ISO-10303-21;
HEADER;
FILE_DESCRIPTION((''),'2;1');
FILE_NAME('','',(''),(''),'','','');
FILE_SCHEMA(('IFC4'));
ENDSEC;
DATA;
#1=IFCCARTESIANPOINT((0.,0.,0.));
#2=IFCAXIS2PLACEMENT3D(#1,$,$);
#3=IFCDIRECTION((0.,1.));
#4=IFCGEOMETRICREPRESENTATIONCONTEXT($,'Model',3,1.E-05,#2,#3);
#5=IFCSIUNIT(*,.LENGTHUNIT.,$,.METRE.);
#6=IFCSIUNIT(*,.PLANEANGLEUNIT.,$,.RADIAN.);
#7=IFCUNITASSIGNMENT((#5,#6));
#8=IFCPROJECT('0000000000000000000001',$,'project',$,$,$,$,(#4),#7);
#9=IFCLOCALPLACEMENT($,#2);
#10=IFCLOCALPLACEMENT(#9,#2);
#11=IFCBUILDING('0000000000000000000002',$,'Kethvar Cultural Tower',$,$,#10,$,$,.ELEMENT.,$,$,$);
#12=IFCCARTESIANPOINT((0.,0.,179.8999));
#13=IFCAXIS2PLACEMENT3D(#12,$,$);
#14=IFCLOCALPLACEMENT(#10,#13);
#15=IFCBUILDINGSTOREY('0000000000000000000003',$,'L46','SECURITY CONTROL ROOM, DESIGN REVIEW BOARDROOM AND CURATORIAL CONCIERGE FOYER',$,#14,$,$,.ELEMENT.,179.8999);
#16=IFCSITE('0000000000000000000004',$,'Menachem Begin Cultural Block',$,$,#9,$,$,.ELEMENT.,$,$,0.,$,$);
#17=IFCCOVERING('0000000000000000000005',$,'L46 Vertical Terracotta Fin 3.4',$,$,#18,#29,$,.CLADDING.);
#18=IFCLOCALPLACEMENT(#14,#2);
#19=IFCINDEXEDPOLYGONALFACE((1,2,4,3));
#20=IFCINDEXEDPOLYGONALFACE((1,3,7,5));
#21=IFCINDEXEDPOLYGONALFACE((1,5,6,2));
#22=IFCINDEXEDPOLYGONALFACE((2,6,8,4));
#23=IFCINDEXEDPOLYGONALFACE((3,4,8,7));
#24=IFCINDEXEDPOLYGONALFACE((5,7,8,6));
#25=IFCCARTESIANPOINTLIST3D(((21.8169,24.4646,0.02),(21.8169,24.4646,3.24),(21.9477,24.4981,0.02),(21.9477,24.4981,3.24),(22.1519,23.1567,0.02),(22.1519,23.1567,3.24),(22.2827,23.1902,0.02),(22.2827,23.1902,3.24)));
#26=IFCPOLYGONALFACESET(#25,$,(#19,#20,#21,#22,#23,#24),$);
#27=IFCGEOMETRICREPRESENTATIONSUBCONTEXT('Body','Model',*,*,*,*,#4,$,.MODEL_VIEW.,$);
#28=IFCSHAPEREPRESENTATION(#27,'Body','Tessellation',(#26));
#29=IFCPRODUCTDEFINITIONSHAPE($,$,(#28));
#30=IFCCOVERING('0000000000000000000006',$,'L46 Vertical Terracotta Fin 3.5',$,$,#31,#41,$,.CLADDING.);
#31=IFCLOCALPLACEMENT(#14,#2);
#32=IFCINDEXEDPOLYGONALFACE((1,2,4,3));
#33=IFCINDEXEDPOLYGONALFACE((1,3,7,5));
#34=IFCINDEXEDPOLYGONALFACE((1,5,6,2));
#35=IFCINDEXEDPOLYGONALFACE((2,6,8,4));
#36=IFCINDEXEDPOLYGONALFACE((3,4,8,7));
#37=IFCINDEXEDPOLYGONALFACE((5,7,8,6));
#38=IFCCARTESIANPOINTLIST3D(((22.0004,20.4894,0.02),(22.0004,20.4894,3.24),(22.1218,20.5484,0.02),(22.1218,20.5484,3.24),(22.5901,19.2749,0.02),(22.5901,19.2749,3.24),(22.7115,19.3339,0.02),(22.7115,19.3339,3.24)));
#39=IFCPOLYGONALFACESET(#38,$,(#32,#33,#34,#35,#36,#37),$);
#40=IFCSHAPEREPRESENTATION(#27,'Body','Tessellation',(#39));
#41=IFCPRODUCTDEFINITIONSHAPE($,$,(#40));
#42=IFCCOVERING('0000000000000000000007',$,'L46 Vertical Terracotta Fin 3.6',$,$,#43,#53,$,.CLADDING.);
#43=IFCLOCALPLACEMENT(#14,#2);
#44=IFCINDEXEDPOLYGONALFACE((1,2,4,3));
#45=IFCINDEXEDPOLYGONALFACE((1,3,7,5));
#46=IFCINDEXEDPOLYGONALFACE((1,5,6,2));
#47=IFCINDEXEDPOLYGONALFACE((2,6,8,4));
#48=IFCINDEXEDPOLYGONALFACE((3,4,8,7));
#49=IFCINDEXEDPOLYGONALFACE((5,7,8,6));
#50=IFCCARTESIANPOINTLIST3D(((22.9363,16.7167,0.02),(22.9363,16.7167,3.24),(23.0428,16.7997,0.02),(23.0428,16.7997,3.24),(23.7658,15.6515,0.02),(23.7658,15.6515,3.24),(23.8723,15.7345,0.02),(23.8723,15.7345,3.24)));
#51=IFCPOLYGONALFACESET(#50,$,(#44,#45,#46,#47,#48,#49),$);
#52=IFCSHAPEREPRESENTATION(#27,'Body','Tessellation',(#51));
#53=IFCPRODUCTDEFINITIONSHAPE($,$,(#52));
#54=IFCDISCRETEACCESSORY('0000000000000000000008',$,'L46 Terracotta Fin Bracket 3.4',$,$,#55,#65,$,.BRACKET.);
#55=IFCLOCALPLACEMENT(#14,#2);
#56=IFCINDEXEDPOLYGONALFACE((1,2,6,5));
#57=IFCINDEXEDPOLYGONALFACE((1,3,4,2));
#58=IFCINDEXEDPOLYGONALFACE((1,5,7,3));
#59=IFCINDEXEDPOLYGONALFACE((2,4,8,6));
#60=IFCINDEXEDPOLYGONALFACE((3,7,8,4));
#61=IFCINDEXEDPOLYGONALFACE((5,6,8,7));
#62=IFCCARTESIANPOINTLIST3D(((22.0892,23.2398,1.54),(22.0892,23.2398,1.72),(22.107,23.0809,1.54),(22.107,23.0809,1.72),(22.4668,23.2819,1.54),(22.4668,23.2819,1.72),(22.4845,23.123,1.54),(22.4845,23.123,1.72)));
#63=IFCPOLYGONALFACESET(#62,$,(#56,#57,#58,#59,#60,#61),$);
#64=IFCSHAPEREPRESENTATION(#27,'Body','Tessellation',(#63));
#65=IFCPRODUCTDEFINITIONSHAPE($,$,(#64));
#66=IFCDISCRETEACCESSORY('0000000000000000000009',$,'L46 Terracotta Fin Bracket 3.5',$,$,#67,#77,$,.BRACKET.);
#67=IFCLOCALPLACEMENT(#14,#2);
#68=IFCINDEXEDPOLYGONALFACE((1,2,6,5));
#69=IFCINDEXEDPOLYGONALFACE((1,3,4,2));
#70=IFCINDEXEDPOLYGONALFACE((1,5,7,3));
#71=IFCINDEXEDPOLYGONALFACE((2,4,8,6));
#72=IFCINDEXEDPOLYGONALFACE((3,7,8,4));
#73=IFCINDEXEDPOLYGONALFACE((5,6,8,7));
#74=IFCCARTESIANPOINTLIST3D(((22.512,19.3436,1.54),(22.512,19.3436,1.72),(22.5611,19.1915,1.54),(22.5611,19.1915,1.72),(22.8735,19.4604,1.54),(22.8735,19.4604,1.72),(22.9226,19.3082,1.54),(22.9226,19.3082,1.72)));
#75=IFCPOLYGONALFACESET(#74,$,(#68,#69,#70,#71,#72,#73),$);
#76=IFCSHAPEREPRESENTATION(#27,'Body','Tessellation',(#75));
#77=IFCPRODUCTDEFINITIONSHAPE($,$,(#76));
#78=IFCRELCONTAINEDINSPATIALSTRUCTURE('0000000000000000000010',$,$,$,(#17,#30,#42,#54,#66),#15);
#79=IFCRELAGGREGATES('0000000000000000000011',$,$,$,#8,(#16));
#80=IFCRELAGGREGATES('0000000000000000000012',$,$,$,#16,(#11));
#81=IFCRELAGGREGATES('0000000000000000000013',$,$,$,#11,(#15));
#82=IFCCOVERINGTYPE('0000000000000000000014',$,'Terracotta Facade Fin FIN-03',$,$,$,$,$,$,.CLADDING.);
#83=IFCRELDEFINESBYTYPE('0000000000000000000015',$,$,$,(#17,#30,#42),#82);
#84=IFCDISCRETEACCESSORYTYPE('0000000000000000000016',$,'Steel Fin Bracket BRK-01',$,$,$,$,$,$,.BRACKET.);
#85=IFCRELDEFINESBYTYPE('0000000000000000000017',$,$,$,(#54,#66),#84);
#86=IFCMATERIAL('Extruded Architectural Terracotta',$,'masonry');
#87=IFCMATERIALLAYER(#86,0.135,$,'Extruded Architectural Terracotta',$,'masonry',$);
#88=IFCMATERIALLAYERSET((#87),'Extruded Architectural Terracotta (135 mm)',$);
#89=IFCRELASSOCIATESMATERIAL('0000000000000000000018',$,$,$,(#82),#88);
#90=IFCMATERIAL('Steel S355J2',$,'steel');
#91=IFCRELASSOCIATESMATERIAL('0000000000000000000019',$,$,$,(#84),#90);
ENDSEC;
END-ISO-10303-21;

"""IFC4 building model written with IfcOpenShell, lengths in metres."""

from ifc_helpers import new_model, si_unit, direction, frame, origin, origin_2d, place, context, subcontext, project, spatial, rectangle, extrude, source, transform, mapped, material, layer, layer_set, type_object, element, save


model = new_model("IFC4")

# Units and contexts
model_context = context("Model", 3, precision=1e-05, world=origin(), true_north=direction((0.0, 1.0)))
body_context = subcontext(model_context, "Body", "Model", "MODEL_VIEW")
ifc_project = project(units=[si_unit("LENGTHUNIT", "METRE"), si_unit("PLANEANGLEUNIT", "RADIAN")], contexts=[model_context])

# Site, building, storey
site_placement = place(None, origin())
site = spatial("IfcSite", under=ifc_project, at=site_placement, Name="Menachem Begin Cultural Block", CompositionType="ELEMENT", RefElevation=0.0)
building_placement = place(site_placement, origin())
building = spatial("IfcBuilding", under=site, at=building_placement, Name="Kethvar Cultural Tower", CompositionType="ELEMENT")
storey_placement = place(building_placement, frame((0.0, 0.0, 179.8999)))
storey = spatial("IfcBuildingStorey", under=building, at=storey_placement, Name="L46", Description="SECURITY CONTROL ROOM, DESIGN REVIEW BOARDROOM AND CURATORIAL CONCIERGE FOYER", CompositionType="ELEMENT", Elevation=179.8999)

# Coverings
ifc_material_1 = material(Name="Extruded Architectural Terracotta", Category="masonry")
ifc_layer_1 = layer(ifc_material_1, 0.135, Name="Extruded Architectural Terracotta", Category="masonry")
ifc_layer_set_1 = layer_set([ifc_layer_1], Name="Extruded Architectural Terracotta (135 mm)")
covering_type_1 = type_object("IfcCoveringType", Name="Terracotta Facade Fin FIN-03", PredefinedType="CLADDING", material=ifc_layer_set_1)
shared_shape_1 = source(origin(), body_context, "Body", "SweptSolid", [
    extrude(rectangle(XDim=1.3501, YDim=0.135, at=origin_2d()), origin(), (0.0, 0.0, 1.0), 3.22),
])
for number, where, z_axis, x_axis, name in (
    (1, (22.0498, 23.8274, 0.02), (0.0, 0.0, 1.0), (-0.248183, 0.968713, 0.0), "L46 Vertical Terracotta Fin 3.4"),
    (2, (22.356, 19.9116, 0.02), (0.0, 0.0, 1.0), (-0.436802, 0.899558, 0.0), "L46 Vertical Terracotta Fin 3.5"),
    (3, (23.4043, 16.2256, 0.02), (0.0, 0.0, 1.0), (-0.614423, 0.788977, 0.0), "L46 Vertical Terracotta Fin 3.6"),
):
    element("IfcCovering", number, at=place(storey_placement, frame(where, z_axis=z_axis, x_axis=x_axis)), inside=storey, type_object=covering_type_1, Name=name, PredefinedType="CLADDING", context=body_context, shape_type="MappedRepresentation", body=[
        mapped(shared_shape_1, transform((0.0, 0.0, 0.0), scale=1.0)),
    ])

# Discrete accessories
ifc_material_2 = material(Name="Steel S355J2", Category="steel")
discrete_accessory_type = type_object("IfcDiscreteAccessoryType", Name="Steel Fin Bracket BRK-01", PredefinedType="BRACKET", material=ifc_material_2)
shared_shape_2 = source(origin(), body_context, "Body", "SweptSolid", [
    extrude(rectangle(XDim=0.3799, YDim=0.1599, at=origin_2d()), origin(), (0.0, 0.0, 1.0), 0.1799),
])
for number, where, z_axis, x_axis, name in (
    (4, (22.2869, 23.1814, 1.54), (0.0, 0.0, 1.0), (-0.993826, -0.110949, 0.0), "L46 Terracotta Fin Bracket 3.4"),
    (5, (22.7173, 19.3259, 1.54), (0.0, 0.0, 1.0), (-0.951594, -0.307357, 0.0), "L46 Terracotta Fin Bracket 3.5"),
):
    element("IfcDiscreteAccessory", number, at=place(storey_placement, frame(where, z_axis=z_axis, x_axis=x_axis)), inside=storey, type_object=discrete_accessory_type, Name=name, PredefinedType="BRACKET", context=body_context, shape_type="MappedRepresentation", body=[
        mapped(shared_shape_2, transform((0.0, 0.0, 0.0), scale=1.0)),
    ])

save(model, "model.ifc")
